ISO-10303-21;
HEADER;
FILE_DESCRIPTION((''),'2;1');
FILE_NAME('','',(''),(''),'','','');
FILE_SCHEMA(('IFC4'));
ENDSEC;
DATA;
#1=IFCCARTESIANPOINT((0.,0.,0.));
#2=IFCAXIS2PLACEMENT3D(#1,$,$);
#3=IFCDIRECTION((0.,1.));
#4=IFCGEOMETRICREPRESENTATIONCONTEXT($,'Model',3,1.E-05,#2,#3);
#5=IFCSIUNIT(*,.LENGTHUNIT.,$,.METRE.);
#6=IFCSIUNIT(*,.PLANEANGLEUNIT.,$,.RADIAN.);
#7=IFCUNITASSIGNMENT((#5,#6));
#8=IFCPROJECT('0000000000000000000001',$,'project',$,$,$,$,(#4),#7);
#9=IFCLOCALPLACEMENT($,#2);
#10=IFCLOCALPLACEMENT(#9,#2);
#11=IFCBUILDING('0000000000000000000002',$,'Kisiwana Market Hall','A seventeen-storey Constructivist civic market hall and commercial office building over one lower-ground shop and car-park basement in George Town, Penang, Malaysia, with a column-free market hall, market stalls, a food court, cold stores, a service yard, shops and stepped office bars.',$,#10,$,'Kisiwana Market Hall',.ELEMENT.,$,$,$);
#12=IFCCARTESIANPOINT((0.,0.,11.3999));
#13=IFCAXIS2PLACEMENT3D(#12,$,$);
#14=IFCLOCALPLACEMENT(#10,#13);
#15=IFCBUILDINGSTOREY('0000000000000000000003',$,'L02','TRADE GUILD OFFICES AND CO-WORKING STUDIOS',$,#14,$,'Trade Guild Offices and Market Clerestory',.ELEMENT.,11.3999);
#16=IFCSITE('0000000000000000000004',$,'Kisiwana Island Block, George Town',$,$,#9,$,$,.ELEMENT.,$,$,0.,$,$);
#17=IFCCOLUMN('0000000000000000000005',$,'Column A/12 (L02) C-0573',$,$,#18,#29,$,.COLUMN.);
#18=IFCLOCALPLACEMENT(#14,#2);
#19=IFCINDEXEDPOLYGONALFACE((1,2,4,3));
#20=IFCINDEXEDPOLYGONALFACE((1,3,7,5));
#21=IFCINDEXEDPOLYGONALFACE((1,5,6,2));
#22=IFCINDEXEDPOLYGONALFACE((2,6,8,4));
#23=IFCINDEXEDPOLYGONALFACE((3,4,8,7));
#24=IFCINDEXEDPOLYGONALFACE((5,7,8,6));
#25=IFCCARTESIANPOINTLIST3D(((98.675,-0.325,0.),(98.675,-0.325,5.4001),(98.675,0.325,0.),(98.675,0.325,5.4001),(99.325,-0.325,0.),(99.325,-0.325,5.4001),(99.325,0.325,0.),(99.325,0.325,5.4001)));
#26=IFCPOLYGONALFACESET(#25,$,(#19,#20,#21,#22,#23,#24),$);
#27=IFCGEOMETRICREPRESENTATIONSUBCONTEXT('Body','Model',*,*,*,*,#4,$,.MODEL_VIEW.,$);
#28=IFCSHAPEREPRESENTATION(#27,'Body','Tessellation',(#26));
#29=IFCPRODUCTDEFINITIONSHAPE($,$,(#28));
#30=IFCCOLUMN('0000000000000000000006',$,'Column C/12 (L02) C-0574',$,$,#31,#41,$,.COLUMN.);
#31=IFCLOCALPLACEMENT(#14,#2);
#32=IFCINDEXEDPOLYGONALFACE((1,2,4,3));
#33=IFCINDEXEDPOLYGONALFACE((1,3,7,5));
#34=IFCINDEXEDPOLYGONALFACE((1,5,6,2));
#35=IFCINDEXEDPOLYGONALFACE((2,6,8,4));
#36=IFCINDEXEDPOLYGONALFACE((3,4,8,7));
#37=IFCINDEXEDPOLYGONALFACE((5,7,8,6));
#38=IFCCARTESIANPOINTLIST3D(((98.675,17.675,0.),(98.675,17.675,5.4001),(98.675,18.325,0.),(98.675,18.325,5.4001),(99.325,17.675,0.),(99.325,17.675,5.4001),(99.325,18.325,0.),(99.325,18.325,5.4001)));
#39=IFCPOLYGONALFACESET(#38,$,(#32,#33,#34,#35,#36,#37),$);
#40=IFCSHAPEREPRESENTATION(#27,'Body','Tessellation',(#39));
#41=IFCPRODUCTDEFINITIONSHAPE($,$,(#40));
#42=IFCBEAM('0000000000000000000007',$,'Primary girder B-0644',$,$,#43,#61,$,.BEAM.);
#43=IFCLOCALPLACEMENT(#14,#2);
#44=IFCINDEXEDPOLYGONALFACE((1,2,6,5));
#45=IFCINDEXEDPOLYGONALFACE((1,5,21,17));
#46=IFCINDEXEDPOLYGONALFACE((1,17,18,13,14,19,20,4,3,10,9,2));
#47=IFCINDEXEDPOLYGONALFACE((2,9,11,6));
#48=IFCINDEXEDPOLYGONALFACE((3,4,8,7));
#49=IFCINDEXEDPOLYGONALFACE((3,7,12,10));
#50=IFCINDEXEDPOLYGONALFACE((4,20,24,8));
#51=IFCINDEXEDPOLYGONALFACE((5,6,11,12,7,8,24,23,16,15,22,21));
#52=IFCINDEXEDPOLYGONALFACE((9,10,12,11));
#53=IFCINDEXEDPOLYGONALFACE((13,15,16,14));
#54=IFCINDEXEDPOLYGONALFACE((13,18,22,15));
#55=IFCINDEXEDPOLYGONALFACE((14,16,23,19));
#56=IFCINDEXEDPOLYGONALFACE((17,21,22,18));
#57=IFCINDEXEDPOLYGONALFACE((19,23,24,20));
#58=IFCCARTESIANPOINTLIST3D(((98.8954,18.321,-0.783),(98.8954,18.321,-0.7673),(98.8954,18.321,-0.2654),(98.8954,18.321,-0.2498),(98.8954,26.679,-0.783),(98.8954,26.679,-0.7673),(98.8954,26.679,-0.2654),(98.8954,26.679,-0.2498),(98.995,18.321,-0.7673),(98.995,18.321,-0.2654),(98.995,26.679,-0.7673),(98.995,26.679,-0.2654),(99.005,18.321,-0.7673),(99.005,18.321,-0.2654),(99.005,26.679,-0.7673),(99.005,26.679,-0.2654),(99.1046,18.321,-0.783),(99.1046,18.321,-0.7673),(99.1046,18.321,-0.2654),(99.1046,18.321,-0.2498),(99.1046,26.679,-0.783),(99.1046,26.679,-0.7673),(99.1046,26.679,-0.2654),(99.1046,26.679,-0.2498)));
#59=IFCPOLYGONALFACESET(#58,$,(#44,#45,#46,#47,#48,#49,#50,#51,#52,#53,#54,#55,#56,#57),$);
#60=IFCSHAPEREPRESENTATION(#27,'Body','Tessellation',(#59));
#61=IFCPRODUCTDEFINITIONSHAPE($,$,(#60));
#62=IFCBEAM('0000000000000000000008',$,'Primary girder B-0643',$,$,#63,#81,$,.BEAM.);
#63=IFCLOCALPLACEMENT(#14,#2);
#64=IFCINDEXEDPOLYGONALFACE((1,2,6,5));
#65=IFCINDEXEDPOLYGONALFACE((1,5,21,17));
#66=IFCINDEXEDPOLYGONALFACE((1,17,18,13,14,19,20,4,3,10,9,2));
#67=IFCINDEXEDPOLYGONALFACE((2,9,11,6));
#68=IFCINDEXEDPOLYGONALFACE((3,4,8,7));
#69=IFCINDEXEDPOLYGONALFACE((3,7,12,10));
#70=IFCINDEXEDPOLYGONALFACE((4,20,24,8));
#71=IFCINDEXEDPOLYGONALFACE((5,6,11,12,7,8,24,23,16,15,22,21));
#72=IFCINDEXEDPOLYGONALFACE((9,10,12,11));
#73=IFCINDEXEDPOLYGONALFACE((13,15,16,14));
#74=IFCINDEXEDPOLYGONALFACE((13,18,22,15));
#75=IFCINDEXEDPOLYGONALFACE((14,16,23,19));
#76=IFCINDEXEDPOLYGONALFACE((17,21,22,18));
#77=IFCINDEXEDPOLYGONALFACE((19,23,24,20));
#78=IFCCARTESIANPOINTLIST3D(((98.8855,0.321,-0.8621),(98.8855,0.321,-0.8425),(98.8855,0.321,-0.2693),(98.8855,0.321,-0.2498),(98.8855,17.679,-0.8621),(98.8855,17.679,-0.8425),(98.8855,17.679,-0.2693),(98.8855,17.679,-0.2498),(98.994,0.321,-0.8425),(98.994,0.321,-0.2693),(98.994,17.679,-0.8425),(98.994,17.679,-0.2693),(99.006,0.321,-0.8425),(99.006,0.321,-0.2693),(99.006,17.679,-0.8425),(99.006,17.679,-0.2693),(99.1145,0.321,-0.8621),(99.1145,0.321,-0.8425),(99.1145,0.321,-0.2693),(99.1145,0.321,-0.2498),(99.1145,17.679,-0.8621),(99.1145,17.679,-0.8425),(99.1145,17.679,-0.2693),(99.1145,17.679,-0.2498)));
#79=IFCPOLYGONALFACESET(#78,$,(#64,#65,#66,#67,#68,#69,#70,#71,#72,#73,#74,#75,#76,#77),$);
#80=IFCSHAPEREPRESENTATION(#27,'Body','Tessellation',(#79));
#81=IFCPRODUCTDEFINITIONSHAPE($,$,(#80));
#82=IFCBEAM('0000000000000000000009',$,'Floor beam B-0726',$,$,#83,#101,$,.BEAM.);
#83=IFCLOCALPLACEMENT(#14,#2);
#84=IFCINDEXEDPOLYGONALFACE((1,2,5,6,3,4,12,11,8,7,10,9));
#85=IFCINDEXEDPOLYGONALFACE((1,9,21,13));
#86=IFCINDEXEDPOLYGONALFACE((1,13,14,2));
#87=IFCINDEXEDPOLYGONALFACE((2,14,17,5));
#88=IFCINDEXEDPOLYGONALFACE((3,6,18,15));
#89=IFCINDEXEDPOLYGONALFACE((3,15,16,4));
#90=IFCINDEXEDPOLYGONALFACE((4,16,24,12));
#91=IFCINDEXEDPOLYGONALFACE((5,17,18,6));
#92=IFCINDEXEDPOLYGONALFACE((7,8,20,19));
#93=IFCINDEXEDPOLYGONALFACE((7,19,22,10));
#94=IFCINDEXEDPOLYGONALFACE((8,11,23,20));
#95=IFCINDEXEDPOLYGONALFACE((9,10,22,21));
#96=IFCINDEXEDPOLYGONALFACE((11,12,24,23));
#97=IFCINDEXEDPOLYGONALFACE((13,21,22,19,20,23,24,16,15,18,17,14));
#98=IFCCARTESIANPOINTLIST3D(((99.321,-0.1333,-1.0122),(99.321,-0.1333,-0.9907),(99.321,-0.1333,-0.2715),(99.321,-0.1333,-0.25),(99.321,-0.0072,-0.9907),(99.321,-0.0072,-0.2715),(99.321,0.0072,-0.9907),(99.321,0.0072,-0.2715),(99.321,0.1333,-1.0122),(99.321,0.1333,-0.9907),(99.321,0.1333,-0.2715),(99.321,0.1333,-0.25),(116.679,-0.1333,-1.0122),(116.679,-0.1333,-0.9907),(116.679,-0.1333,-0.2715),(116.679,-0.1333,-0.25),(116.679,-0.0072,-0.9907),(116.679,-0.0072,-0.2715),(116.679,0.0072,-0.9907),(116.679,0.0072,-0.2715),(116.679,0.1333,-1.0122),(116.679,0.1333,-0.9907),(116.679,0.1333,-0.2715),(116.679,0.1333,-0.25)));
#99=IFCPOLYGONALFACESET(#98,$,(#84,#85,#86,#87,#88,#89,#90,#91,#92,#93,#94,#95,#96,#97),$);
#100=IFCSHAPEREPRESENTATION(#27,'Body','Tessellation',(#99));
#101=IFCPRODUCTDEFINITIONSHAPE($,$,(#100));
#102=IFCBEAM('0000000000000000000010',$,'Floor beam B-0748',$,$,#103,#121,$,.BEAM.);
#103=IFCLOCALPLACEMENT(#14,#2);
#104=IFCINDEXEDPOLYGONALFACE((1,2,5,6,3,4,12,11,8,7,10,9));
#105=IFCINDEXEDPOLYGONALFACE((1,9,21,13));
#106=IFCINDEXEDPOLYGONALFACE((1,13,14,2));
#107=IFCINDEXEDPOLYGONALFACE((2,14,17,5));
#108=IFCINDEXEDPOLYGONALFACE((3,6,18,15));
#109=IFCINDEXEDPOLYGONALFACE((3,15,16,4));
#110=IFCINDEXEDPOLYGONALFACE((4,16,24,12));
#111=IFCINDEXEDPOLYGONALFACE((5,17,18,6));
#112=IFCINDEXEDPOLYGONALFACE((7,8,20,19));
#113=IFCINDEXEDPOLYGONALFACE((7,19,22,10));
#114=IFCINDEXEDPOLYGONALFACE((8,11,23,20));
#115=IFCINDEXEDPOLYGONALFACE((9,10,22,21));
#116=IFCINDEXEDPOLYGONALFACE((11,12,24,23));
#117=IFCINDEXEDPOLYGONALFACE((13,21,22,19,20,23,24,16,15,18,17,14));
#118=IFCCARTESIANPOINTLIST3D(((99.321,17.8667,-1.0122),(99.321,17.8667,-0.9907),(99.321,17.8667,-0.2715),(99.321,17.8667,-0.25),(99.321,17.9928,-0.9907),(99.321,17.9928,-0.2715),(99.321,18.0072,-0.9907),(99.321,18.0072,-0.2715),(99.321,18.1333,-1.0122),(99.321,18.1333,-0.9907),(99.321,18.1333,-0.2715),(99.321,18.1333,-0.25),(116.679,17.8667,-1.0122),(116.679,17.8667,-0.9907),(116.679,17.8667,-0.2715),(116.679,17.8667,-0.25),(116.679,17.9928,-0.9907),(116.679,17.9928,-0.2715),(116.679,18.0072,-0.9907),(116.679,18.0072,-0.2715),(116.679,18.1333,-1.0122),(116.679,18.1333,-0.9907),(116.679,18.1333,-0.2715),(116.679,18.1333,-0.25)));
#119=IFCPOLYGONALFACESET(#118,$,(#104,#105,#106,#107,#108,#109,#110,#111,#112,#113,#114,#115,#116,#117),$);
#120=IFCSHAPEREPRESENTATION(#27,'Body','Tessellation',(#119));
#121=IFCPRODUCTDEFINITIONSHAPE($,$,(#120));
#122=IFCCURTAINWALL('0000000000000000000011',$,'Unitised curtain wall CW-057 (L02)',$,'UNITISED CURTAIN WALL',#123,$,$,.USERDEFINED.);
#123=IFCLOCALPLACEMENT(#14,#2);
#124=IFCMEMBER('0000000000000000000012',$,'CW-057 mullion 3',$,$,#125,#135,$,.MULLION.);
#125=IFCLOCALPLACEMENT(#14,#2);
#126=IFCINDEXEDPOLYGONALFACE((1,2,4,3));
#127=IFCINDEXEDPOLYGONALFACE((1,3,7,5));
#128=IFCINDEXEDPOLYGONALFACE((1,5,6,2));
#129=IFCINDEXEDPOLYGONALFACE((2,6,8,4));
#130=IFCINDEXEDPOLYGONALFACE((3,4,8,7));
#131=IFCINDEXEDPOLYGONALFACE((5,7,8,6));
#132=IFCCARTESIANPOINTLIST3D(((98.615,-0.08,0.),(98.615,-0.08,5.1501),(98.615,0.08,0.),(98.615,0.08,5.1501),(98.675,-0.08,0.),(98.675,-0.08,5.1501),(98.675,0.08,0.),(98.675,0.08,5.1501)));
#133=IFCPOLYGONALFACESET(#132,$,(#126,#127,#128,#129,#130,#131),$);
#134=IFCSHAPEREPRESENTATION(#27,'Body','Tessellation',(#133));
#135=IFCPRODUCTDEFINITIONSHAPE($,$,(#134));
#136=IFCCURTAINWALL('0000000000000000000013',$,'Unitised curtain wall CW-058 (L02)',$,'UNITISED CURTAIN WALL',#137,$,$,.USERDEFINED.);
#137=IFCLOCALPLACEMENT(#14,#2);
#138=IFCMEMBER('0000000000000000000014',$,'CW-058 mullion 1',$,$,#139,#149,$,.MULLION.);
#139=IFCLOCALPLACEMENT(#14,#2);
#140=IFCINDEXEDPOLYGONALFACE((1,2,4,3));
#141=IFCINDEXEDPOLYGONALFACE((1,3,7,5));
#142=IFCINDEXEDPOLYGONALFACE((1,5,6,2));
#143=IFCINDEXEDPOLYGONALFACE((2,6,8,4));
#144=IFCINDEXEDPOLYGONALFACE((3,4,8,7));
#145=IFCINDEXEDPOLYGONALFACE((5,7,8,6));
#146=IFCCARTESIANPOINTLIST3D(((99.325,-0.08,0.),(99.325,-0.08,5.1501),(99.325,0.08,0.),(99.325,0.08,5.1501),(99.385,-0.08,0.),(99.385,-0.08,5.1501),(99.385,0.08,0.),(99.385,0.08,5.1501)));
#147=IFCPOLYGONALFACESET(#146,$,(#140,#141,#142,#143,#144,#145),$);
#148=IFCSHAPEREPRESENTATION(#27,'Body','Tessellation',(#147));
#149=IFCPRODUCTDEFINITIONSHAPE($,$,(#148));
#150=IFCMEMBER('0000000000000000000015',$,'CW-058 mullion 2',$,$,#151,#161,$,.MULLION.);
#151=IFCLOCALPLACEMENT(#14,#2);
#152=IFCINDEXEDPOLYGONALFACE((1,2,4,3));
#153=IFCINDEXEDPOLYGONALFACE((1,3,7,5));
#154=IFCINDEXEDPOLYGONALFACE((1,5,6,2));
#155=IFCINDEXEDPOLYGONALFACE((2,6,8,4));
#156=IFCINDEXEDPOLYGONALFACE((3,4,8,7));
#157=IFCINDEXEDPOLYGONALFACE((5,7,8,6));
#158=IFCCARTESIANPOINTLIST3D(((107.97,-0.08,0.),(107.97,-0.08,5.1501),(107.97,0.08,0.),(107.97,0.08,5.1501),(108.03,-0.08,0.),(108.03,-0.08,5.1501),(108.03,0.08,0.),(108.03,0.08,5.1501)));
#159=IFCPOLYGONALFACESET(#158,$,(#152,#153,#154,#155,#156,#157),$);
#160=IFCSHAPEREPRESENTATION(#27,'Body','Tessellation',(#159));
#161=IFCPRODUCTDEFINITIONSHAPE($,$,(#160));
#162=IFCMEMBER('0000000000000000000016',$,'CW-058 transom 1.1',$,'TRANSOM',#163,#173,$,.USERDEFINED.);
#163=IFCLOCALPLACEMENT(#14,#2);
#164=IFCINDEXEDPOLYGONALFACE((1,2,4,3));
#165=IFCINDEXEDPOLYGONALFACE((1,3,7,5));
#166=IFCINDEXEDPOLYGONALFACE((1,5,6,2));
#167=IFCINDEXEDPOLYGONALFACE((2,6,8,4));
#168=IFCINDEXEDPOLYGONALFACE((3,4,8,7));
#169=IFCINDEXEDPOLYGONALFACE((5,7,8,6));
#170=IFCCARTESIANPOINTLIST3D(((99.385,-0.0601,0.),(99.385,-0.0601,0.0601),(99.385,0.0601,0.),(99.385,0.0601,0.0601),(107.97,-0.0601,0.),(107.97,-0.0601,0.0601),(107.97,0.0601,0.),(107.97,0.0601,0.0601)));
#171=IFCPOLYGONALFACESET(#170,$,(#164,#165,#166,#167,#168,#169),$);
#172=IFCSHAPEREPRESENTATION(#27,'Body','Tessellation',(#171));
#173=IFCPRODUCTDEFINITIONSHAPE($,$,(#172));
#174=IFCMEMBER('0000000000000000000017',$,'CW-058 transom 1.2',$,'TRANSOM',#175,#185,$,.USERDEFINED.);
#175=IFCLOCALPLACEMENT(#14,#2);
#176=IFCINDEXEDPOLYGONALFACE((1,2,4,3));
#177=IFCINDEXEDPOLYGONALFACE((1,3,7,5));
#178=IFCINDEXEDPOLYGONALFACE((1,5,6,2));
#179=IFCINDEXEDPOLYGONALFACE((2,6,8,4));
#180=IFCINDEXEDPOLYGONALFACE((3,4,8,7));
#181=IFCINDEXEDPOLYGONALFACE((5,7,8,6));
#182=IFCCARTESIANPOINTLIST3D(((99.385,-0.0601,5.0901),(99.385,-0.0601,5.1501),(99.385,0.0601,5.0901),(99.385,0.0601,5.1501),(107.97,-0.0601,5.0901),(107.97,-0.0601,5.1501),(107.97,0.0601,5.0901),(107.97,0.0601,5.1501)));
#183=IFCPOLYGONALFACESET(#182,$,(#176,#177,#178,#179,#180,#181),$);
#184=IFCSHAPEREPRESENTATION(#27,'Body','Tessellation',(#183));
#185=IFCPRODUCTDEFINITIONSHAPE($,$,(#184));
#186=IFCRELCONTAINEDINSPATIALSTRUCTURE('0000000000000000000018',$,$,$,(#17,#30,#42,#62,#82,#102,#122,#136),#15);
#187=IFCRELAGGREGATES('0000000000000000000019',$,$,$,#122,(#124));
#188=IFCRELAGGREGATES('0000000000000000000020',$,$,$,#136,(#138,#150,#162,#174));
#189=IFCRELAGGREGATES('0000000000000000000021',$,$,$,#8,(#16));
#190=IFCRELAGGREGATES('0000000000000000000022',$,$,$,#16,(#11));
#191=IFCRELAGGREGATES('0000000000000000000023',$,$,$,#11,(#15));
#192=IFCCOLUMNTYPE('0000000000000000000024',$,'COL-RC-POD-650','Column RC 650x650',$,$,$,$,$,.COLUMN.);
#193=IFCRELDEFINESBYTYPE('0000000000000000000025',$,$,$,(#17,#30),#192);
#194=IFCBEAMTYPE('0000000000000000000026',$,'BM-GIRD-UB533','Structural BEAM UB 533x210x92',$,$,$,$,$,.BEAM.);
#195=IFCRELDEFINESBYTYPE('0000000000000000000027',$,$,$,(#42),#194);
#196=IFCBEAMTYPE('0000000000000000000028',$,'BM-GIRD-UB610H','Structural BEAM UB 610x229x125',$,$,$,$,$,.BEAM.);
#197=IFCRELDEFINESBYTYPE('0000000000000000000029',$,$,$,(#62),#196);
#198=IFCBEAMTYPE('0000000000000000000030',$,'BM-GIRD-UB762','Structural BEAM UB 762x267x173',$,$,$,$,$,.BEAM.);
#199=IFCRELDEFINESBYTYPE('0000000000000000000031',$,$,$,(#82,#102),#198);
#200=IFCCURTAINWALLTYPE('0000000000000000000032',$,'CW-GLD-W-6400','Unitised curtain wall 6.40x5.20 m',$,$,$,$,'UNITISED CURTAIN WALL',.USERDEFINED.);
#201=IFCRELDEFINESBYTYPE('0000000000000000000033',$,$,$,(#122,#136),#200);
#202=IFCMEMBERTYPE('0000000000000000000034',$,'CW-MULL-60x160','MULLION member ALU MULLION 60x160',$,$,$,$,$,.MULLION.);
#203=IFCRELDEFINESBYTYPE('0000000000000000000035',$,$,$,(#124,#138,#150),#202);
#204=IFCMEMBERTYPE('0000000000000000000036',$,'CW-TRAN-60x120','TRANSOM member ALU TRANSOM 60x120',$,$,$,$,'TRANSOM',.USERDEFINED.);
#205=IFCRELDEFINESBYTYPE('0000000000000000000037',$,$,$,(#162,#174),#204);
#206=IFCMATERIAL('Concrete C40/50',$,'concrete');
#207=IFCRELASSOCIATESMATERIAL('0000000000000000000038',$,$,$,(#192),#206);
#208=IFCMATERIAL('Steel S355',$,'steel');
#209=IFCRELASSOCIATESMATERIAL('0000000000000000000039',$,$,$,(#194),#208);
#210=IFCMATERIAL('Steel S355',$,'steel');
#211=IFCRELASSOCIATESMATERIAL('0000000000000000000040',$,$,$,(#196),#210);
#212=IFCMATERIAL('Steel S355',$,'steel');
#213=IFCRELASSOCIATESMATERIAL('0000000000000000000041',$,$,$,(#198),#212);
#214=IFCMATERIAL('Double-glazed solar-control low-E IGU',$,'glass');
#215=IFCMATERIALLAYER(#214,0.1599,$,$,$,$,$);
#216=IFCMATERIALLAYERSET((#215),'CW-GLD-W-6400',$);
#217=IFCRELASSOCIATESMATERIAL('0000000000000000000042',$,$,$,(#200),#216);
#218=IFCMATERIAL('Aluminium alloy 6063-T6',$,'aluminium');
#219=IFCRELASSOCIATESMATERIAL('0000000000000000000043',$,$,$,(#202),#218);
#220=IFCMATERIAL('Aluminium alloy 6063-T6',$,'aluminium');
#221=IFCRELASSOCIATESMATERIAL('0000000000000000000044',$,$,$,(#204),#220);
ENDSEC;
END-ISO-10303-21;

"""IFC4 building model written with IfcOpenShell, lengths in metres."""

from ifc_helpers import new_model, si_unit, direction, frame, origin, origin_2d, place, context, subcontext, project, spatial, rectangle, i_section, extrude, material, layer, layer_set, material_profile, profile_set, type_object, element, aggregate, save


model = new_model("IFC4")

# Units and contexts
model_context = context("Model", 3, precision=1e-05, world=origin(), true_north=direction((0.0, 1.0)))
body_context = subcontext(model_context, "Body", "Model", "MODEL_VIEW")
ifc_project = project(units=[si_unit("LENGTHUNIT", "METRE"), si_unit("PLANEANGLEUNIT", "RADIAN")], contexts=[model_context])

# Site, building, storey
site_placement = place(None, origin())
site = spatial("IfcSite", under=ifc_project, at=site_placement, Name="Kisiwana Island Block, George Town", CompositionType="ELEMENT", RefElevation=0.0)
building_placement = place(site_placement, origin())
building = spatial("IfcBuilding", under=site, at=building_placement, Name="Kisiwana Market Hall", Description="A seventeen-storey Constructivist civic market hall and commercial office building over one lower-ground shop and car-park basement in George Town, Penang, Malaysia, with a column-free market hall, market stalls, a food court, cold stores, a service yard, shops and stepped office bars.", LongName="Kisiwana Market Hall", CompositionType="ELEMENT")
storey_placement = place(building_placement, frame((0.0, 0.0, 11.3999)))
storey = spatial("IfcBuildingStorey", under=building, at=storey_placement, Name="L02", Description="TRADE GUILD OFFICES AND CO-WORKING STUDIOS", LongName="Trade Guild Offices and Market Clerestory", CompositionType="ELEMENT", Elevation=11.3999)

# Columns
ifc_material_1 = material(Name="Concrete C40/50", Category="concrete")
ifc_material_profile_1 = material_profile(ifc_material_1, rectangle(XDim=0.6499, YDim=0.6499, at=origin_2d()), Name="RC 650x650")
ifc_profile_set_1 = profile_set([ifc_material_profile_1], Name="Concrete C40/50")
column_type = type_object("IfcColumnType", Name="COL-RC-POD-650", Description="Column RC 650x650", PredefinedType="COLUMN", material=ifc_profile_set_1)
for number, where, z_axis, x_axis, name in (
    (1, (99.0, 0.0, 0.0), (0.0, 0.0, 1.0), (1.0, 0.0, 0.0), "Column A/12 (L02) C-0573"),
    (2, (99.0, 18.0, 0.0), (0.0, 0.0, 1.0), (1.0, 0.0, 0.0), "Column C/12 (L02) C-0574"),
):
    element("IfcColumn", number, at=place(storey_placement, frame(where, z_axis=z_axis, x_axis=x_axis)), inside=storey, type_object=column_type, Name=name, PredefinedType="COLUMN", context=body_context, shape_type="SweptSolid", body=[
        extrude(rectangle(XDim=0.6499, YDim=0.6499, at=origin_2d()), origin(), (0.0, 0.0, 1.0), 5.4001),
    ])

# Beams
ifc_material_2 = material(Name="Steel S355", Category="steel")
ifc_material_profile_2 = material_profile(ifc_material_2, i_section(OverallWidth=0.2092, OverallDepth=0.5332, WebThickness=0.01, FlangeThickness=0.0156, at=origin_2d()), Name="UB 533x210x92")
ifc_profile_set_2 = profile_set([ifc_material_profile_2], Name="Steel S355")
beam_type_1 = type_object("IfcBeamType", Name="BM-GIRD-UB533", Description="Structural BEAM UB 533x210x92", PredefinedType="BEAM", material=ifc_profile_set_2)
beam_1_placement = place(storey_placement, frame((99.0, 18.321, -0.5164), z_axis=(0.0, 1.0, 0.0), x_axis=(-1.0, 0.0, 0.0)))
element("IfcBeam", 3, at=beam_1_placement, inside=storey, type_object=beam_type_1, Name="Primary girder B-0644", PredefinedType="BEAM", context=body_context, shape_type="SweptSolid", body=[
    extrude(i_section(OverallWidth=0.2092, OverallDepth=0.5332, WebThickness=0.01, FlangeThickness=0.0156, at=origin_2d()), origin(), (0.0, 0.0, 1.0), 8.3579),
])
ifc_material_3 = material(Name="Steel S355", Category="steel")
ifc_material_profile_3 = material_profile(ifc_material_3, i_section(OverallWidth=0.229, OverallDepth=0.6123, WebThickness=0.012, FlangeThickness=0.0195, at=origin_2d()), Name="UB 610x229x125")
ifc_profile_set_3 = profile_set([ifc_material_profile_3], Name="Steel S355")
beam_type_2 = type_object("IfcBeamType", Name="BM-GIRD-UB610H", Description="Structural BEAM UB 610x229x125", PredefinedType="BEAM", material=ifc_profile_set_3)
beam_2_placement = place(storey_placement, frame((99.0, 0.321, -0.5559), z_axis=(0.0, 1.0, 0.0), x_axis=(-1.0, 0.0, 0.0)))
element("IfcBeam", 4, at=beam_2_placement, inside=storey, type_object=beam_type_2, Name="Primary girder B-0643", PredefinedType="BEAM", context=body_context, shape_type="SweptSolid", body=[
    extrude(i_section(OverallWidth=0.229, OverallDepth=0.6123, WebThickness=0.012, FlangeThickness=0.0195, at=origin_2d()), origin(), (0.0, 0.0, 1.0), 17.3579),
])
ifc_material_4 = material(Name="Steel S355", Category="steel")
ifc_material_profile_4 = material_profile(ifc_material_4, i_section(OverallWidth=0.2666, OverallDepth=0.7622, WebThickness=0.0144, FlangeThickness=0.0215, at=origin_2d()), Name="UB 762x267x173")
ifc_profile_set_4 = profile_set([ifc_material_profile_4], Name="Steel S355")
beam_type_3 = type_object("IfcBeamType", Name="BM-GIRD-UB762", Description="Structural BEAM UB 762x267x173", PredefinedType="BEAM", material=ifc_profile_set_4)
for number, where, z_axis, x_axis, name in (
    (5, (99.321, 0.0, -0.6311), (1.0, 0.0, 0.0), (0.0, 1.0, 0.0), "Floor beam B-0726"),
    (6, (99.321, 18.0, -0.6311), (1.0, 0.0, 0.0), (0.0, 1.0, 0.0), "Floor beam B-0748"),
):
    element("IfcBeam", number, at=place(storey_placement, frame(where, z_axis=z_axis, x_axis=x_axis)), inside=storey, type_object=beam_type_3, Name=name, PredefinedType="BEAM", context=body_context, shape_type="SweptSolid", body=[
        extrude(i_section(OverallWidth=0.2666, OverallDepth=0.7622, WebThickness=0.0144, FlangeThickness=0.0215, at=origin_2d()), origin(), (0.0, 0.0, 1.0), 17.3579),
    ])

# Curtain wall, member
ifc_material_5 = material(Name="Double-glazed solar-control low-E IGU", Category="glass")
ifc_layer_1 = layer(ifc_material_5, 0.1599)
ifc_layer_set_1 = layer_set([ifc_layer_1], Name="CW-GLD-W-6400")
curtain_wall_type = type_object("IfcCurtainWallType", Name="CW-GLD-W-6400", Description="Unitised curtain wall 6.40x5.20 m", ElementType="UNITISED CURTAIN WALL", PredefinedType="USERDEFINED", material=ifc_layer_set_1)
curtain_wall_1_placement = place(storey_placement, origin())
curtain_wall_1 = element("IfcCurtainWall", 7, at=curtain_wall_1_placement, inside=storey, type_object=curtain_wall_type, Name="Unitised curtain wall CW-057 (L02)", ObjectType="UNITISED CURTAIN WALL", PredefinedType="USERDEFINED")
ifc_material_6 = material(Name="Aluminium alloy 6063-T6", Category="aluminium")
ifc_material_profile_5 = material_profile(ifc_material_6, rectangle(XDim=0.0601, YDim=0.1599, at=origin_2d()), Name="ALU MULLION 60x160")
ifc_profile_set_5 = profile_set([ifc_material_profile_5], Name="Aluminium alloy 6063-T6")
member_type_1 = type_object("IfcMemberType", Name="CW-MULL-60x160", Description="MULLION member ALU MULLION 60x160", PredefinedType="MULLION", material=ifc_profile_set_5)
member_1_placement = place(storey_placement, frame((98.645, 0.0, 0.0), z_axis=(0.0, 0.0, 1.0), x_axis=(1.0, 0.0, 0.0)))
member_1 = element("IfcMember", 8, at=member_1_placement, type_object=member_type_1, Name="CW-057 mullion 3", PredefinedType="MULLION", context=body_context, shape_type="SweptSolid", body=[
    extrude(rectangle(XDim=0.0601, YDim=0.1599, at=origin_2d()), origin(), (0.0, 0.0, 1.0), 5.1501),
])

# Curtain wall, members
curtain_wall_2_placement = place(storey_placement, origin())
curtain_wall_2 = element("IfcCurtainWall", 9, at=curtain_wall_2_placement, inside=storey, type_object=curtain_wall_type, Name="Unitised curtain wall CW-058 (L02)", ObjectType="UNITISED CURTAIN WALL", PredefinedType="USERDEFINED")
member_2_placement = place(storey_placement, frame((99.355, 0.0, 0.0), z_axis=(0.0, 0.0, 1.0), x_axis=(1.0, 0.0, 0.0)))
member_2 = element("IfcMember", 10, at=member_2_placement, type_object=member_type_1, Name="CW-058 mullion 1", PredefinedType="MULLION", context=body_context, shape_type="SweptSolid", body=[
    extrude(rectangle(XDim=0.0601, YDim=0.1599, at=origin_2d()), origin(), (0.0, 0.0, 1.0), 5.1501),
])
member_3_placement = place(storey_placement, frame((108.0, 0.0, 0.0), z_axis=(0.0, 0.0, 1.0), x_axis=(1.0, 0.0, 0.0)))
member_3 = element("IfcMember", 11, at=member_3_placement, type_object=member_type_1, Name="CW-058 mullion 2", PredefinedType="MULLION", context=body_context, shape_type="SweptSolid", body=[
    extrude(rectangle(XDim=0.0601, YDim=0.1599, at=origin_2d()), origin(), (0.0, 0.0, 1.0), 5.1501),
])
ifc_material_7 = material(Name="Aluminium alloy 6063-T6", Category="aluminium")
ifc_material_profile_6 = material_profile(ifc_material_7, rectangle(XDim=0.1201, YDim=0.0601, at=origin_2d()), Name="ALU TRANSOM 60x120")
ifc_profile_set_6 = profile_set([ifc_material_profile_6], Name="Aluminium alloy 6063-T6")
member_type_2 = type_object("IfcMemberType", Name="CW-TRAN-60x120", Description="TRANSOM member ALU TRANSOM 60x120", ElementType="TRANSOM", PredefinedType="USERDEFINED", material=ifc_profile_set_6)
member_4_placement = place(storey_placement, frame((99.385, 0.0, 0.03), z_axis=(1.0, 0.0, 0.0), x_axis=(0.0, 1.0, 0.0)))
member_4 = element("IfcMember", 12, at=member_4_placement, type_object=member_type_2, Name="CW-058 transom 1.1", ObjectType="TRANSOM", PredefinedType="USERDEFINED", context=body_context, shape_type="SweptSolid", body=[
    extrude(rectangle(XDim=0.1201, YDim=0.0601, at=origin_2d()), origin(), (0.0, 0.0, 1.0), 8.585),
])
member_5_placement = place(storey_placement, frame((99.385, 0.0, 5.1201), z_axis=(1.0, 0.0, 0.0), x_axis=(0.0, 1.0, 0.0)))
member_5 = element("IfcMember", 13, at=member_5_placement, type_object=member_type_2, Name="CW-058 transom 1.2", ObjectType="TRANSOM", PredefinedType="USERDEFINED", context=body_context, shape_type="SweptSolid", body=[
    extrude(rectangle(XDim=0.1201, YDim=0.0601, at=origin_2d()), origin(), (0.0, 0.0, 1.0), 8.585),
])

aggregate(curtain_wall_1, [member_1])
aggregate(curtain_wall_2, [member_2, member_3, member_4, member_5])

save(model, "model.ifc")
